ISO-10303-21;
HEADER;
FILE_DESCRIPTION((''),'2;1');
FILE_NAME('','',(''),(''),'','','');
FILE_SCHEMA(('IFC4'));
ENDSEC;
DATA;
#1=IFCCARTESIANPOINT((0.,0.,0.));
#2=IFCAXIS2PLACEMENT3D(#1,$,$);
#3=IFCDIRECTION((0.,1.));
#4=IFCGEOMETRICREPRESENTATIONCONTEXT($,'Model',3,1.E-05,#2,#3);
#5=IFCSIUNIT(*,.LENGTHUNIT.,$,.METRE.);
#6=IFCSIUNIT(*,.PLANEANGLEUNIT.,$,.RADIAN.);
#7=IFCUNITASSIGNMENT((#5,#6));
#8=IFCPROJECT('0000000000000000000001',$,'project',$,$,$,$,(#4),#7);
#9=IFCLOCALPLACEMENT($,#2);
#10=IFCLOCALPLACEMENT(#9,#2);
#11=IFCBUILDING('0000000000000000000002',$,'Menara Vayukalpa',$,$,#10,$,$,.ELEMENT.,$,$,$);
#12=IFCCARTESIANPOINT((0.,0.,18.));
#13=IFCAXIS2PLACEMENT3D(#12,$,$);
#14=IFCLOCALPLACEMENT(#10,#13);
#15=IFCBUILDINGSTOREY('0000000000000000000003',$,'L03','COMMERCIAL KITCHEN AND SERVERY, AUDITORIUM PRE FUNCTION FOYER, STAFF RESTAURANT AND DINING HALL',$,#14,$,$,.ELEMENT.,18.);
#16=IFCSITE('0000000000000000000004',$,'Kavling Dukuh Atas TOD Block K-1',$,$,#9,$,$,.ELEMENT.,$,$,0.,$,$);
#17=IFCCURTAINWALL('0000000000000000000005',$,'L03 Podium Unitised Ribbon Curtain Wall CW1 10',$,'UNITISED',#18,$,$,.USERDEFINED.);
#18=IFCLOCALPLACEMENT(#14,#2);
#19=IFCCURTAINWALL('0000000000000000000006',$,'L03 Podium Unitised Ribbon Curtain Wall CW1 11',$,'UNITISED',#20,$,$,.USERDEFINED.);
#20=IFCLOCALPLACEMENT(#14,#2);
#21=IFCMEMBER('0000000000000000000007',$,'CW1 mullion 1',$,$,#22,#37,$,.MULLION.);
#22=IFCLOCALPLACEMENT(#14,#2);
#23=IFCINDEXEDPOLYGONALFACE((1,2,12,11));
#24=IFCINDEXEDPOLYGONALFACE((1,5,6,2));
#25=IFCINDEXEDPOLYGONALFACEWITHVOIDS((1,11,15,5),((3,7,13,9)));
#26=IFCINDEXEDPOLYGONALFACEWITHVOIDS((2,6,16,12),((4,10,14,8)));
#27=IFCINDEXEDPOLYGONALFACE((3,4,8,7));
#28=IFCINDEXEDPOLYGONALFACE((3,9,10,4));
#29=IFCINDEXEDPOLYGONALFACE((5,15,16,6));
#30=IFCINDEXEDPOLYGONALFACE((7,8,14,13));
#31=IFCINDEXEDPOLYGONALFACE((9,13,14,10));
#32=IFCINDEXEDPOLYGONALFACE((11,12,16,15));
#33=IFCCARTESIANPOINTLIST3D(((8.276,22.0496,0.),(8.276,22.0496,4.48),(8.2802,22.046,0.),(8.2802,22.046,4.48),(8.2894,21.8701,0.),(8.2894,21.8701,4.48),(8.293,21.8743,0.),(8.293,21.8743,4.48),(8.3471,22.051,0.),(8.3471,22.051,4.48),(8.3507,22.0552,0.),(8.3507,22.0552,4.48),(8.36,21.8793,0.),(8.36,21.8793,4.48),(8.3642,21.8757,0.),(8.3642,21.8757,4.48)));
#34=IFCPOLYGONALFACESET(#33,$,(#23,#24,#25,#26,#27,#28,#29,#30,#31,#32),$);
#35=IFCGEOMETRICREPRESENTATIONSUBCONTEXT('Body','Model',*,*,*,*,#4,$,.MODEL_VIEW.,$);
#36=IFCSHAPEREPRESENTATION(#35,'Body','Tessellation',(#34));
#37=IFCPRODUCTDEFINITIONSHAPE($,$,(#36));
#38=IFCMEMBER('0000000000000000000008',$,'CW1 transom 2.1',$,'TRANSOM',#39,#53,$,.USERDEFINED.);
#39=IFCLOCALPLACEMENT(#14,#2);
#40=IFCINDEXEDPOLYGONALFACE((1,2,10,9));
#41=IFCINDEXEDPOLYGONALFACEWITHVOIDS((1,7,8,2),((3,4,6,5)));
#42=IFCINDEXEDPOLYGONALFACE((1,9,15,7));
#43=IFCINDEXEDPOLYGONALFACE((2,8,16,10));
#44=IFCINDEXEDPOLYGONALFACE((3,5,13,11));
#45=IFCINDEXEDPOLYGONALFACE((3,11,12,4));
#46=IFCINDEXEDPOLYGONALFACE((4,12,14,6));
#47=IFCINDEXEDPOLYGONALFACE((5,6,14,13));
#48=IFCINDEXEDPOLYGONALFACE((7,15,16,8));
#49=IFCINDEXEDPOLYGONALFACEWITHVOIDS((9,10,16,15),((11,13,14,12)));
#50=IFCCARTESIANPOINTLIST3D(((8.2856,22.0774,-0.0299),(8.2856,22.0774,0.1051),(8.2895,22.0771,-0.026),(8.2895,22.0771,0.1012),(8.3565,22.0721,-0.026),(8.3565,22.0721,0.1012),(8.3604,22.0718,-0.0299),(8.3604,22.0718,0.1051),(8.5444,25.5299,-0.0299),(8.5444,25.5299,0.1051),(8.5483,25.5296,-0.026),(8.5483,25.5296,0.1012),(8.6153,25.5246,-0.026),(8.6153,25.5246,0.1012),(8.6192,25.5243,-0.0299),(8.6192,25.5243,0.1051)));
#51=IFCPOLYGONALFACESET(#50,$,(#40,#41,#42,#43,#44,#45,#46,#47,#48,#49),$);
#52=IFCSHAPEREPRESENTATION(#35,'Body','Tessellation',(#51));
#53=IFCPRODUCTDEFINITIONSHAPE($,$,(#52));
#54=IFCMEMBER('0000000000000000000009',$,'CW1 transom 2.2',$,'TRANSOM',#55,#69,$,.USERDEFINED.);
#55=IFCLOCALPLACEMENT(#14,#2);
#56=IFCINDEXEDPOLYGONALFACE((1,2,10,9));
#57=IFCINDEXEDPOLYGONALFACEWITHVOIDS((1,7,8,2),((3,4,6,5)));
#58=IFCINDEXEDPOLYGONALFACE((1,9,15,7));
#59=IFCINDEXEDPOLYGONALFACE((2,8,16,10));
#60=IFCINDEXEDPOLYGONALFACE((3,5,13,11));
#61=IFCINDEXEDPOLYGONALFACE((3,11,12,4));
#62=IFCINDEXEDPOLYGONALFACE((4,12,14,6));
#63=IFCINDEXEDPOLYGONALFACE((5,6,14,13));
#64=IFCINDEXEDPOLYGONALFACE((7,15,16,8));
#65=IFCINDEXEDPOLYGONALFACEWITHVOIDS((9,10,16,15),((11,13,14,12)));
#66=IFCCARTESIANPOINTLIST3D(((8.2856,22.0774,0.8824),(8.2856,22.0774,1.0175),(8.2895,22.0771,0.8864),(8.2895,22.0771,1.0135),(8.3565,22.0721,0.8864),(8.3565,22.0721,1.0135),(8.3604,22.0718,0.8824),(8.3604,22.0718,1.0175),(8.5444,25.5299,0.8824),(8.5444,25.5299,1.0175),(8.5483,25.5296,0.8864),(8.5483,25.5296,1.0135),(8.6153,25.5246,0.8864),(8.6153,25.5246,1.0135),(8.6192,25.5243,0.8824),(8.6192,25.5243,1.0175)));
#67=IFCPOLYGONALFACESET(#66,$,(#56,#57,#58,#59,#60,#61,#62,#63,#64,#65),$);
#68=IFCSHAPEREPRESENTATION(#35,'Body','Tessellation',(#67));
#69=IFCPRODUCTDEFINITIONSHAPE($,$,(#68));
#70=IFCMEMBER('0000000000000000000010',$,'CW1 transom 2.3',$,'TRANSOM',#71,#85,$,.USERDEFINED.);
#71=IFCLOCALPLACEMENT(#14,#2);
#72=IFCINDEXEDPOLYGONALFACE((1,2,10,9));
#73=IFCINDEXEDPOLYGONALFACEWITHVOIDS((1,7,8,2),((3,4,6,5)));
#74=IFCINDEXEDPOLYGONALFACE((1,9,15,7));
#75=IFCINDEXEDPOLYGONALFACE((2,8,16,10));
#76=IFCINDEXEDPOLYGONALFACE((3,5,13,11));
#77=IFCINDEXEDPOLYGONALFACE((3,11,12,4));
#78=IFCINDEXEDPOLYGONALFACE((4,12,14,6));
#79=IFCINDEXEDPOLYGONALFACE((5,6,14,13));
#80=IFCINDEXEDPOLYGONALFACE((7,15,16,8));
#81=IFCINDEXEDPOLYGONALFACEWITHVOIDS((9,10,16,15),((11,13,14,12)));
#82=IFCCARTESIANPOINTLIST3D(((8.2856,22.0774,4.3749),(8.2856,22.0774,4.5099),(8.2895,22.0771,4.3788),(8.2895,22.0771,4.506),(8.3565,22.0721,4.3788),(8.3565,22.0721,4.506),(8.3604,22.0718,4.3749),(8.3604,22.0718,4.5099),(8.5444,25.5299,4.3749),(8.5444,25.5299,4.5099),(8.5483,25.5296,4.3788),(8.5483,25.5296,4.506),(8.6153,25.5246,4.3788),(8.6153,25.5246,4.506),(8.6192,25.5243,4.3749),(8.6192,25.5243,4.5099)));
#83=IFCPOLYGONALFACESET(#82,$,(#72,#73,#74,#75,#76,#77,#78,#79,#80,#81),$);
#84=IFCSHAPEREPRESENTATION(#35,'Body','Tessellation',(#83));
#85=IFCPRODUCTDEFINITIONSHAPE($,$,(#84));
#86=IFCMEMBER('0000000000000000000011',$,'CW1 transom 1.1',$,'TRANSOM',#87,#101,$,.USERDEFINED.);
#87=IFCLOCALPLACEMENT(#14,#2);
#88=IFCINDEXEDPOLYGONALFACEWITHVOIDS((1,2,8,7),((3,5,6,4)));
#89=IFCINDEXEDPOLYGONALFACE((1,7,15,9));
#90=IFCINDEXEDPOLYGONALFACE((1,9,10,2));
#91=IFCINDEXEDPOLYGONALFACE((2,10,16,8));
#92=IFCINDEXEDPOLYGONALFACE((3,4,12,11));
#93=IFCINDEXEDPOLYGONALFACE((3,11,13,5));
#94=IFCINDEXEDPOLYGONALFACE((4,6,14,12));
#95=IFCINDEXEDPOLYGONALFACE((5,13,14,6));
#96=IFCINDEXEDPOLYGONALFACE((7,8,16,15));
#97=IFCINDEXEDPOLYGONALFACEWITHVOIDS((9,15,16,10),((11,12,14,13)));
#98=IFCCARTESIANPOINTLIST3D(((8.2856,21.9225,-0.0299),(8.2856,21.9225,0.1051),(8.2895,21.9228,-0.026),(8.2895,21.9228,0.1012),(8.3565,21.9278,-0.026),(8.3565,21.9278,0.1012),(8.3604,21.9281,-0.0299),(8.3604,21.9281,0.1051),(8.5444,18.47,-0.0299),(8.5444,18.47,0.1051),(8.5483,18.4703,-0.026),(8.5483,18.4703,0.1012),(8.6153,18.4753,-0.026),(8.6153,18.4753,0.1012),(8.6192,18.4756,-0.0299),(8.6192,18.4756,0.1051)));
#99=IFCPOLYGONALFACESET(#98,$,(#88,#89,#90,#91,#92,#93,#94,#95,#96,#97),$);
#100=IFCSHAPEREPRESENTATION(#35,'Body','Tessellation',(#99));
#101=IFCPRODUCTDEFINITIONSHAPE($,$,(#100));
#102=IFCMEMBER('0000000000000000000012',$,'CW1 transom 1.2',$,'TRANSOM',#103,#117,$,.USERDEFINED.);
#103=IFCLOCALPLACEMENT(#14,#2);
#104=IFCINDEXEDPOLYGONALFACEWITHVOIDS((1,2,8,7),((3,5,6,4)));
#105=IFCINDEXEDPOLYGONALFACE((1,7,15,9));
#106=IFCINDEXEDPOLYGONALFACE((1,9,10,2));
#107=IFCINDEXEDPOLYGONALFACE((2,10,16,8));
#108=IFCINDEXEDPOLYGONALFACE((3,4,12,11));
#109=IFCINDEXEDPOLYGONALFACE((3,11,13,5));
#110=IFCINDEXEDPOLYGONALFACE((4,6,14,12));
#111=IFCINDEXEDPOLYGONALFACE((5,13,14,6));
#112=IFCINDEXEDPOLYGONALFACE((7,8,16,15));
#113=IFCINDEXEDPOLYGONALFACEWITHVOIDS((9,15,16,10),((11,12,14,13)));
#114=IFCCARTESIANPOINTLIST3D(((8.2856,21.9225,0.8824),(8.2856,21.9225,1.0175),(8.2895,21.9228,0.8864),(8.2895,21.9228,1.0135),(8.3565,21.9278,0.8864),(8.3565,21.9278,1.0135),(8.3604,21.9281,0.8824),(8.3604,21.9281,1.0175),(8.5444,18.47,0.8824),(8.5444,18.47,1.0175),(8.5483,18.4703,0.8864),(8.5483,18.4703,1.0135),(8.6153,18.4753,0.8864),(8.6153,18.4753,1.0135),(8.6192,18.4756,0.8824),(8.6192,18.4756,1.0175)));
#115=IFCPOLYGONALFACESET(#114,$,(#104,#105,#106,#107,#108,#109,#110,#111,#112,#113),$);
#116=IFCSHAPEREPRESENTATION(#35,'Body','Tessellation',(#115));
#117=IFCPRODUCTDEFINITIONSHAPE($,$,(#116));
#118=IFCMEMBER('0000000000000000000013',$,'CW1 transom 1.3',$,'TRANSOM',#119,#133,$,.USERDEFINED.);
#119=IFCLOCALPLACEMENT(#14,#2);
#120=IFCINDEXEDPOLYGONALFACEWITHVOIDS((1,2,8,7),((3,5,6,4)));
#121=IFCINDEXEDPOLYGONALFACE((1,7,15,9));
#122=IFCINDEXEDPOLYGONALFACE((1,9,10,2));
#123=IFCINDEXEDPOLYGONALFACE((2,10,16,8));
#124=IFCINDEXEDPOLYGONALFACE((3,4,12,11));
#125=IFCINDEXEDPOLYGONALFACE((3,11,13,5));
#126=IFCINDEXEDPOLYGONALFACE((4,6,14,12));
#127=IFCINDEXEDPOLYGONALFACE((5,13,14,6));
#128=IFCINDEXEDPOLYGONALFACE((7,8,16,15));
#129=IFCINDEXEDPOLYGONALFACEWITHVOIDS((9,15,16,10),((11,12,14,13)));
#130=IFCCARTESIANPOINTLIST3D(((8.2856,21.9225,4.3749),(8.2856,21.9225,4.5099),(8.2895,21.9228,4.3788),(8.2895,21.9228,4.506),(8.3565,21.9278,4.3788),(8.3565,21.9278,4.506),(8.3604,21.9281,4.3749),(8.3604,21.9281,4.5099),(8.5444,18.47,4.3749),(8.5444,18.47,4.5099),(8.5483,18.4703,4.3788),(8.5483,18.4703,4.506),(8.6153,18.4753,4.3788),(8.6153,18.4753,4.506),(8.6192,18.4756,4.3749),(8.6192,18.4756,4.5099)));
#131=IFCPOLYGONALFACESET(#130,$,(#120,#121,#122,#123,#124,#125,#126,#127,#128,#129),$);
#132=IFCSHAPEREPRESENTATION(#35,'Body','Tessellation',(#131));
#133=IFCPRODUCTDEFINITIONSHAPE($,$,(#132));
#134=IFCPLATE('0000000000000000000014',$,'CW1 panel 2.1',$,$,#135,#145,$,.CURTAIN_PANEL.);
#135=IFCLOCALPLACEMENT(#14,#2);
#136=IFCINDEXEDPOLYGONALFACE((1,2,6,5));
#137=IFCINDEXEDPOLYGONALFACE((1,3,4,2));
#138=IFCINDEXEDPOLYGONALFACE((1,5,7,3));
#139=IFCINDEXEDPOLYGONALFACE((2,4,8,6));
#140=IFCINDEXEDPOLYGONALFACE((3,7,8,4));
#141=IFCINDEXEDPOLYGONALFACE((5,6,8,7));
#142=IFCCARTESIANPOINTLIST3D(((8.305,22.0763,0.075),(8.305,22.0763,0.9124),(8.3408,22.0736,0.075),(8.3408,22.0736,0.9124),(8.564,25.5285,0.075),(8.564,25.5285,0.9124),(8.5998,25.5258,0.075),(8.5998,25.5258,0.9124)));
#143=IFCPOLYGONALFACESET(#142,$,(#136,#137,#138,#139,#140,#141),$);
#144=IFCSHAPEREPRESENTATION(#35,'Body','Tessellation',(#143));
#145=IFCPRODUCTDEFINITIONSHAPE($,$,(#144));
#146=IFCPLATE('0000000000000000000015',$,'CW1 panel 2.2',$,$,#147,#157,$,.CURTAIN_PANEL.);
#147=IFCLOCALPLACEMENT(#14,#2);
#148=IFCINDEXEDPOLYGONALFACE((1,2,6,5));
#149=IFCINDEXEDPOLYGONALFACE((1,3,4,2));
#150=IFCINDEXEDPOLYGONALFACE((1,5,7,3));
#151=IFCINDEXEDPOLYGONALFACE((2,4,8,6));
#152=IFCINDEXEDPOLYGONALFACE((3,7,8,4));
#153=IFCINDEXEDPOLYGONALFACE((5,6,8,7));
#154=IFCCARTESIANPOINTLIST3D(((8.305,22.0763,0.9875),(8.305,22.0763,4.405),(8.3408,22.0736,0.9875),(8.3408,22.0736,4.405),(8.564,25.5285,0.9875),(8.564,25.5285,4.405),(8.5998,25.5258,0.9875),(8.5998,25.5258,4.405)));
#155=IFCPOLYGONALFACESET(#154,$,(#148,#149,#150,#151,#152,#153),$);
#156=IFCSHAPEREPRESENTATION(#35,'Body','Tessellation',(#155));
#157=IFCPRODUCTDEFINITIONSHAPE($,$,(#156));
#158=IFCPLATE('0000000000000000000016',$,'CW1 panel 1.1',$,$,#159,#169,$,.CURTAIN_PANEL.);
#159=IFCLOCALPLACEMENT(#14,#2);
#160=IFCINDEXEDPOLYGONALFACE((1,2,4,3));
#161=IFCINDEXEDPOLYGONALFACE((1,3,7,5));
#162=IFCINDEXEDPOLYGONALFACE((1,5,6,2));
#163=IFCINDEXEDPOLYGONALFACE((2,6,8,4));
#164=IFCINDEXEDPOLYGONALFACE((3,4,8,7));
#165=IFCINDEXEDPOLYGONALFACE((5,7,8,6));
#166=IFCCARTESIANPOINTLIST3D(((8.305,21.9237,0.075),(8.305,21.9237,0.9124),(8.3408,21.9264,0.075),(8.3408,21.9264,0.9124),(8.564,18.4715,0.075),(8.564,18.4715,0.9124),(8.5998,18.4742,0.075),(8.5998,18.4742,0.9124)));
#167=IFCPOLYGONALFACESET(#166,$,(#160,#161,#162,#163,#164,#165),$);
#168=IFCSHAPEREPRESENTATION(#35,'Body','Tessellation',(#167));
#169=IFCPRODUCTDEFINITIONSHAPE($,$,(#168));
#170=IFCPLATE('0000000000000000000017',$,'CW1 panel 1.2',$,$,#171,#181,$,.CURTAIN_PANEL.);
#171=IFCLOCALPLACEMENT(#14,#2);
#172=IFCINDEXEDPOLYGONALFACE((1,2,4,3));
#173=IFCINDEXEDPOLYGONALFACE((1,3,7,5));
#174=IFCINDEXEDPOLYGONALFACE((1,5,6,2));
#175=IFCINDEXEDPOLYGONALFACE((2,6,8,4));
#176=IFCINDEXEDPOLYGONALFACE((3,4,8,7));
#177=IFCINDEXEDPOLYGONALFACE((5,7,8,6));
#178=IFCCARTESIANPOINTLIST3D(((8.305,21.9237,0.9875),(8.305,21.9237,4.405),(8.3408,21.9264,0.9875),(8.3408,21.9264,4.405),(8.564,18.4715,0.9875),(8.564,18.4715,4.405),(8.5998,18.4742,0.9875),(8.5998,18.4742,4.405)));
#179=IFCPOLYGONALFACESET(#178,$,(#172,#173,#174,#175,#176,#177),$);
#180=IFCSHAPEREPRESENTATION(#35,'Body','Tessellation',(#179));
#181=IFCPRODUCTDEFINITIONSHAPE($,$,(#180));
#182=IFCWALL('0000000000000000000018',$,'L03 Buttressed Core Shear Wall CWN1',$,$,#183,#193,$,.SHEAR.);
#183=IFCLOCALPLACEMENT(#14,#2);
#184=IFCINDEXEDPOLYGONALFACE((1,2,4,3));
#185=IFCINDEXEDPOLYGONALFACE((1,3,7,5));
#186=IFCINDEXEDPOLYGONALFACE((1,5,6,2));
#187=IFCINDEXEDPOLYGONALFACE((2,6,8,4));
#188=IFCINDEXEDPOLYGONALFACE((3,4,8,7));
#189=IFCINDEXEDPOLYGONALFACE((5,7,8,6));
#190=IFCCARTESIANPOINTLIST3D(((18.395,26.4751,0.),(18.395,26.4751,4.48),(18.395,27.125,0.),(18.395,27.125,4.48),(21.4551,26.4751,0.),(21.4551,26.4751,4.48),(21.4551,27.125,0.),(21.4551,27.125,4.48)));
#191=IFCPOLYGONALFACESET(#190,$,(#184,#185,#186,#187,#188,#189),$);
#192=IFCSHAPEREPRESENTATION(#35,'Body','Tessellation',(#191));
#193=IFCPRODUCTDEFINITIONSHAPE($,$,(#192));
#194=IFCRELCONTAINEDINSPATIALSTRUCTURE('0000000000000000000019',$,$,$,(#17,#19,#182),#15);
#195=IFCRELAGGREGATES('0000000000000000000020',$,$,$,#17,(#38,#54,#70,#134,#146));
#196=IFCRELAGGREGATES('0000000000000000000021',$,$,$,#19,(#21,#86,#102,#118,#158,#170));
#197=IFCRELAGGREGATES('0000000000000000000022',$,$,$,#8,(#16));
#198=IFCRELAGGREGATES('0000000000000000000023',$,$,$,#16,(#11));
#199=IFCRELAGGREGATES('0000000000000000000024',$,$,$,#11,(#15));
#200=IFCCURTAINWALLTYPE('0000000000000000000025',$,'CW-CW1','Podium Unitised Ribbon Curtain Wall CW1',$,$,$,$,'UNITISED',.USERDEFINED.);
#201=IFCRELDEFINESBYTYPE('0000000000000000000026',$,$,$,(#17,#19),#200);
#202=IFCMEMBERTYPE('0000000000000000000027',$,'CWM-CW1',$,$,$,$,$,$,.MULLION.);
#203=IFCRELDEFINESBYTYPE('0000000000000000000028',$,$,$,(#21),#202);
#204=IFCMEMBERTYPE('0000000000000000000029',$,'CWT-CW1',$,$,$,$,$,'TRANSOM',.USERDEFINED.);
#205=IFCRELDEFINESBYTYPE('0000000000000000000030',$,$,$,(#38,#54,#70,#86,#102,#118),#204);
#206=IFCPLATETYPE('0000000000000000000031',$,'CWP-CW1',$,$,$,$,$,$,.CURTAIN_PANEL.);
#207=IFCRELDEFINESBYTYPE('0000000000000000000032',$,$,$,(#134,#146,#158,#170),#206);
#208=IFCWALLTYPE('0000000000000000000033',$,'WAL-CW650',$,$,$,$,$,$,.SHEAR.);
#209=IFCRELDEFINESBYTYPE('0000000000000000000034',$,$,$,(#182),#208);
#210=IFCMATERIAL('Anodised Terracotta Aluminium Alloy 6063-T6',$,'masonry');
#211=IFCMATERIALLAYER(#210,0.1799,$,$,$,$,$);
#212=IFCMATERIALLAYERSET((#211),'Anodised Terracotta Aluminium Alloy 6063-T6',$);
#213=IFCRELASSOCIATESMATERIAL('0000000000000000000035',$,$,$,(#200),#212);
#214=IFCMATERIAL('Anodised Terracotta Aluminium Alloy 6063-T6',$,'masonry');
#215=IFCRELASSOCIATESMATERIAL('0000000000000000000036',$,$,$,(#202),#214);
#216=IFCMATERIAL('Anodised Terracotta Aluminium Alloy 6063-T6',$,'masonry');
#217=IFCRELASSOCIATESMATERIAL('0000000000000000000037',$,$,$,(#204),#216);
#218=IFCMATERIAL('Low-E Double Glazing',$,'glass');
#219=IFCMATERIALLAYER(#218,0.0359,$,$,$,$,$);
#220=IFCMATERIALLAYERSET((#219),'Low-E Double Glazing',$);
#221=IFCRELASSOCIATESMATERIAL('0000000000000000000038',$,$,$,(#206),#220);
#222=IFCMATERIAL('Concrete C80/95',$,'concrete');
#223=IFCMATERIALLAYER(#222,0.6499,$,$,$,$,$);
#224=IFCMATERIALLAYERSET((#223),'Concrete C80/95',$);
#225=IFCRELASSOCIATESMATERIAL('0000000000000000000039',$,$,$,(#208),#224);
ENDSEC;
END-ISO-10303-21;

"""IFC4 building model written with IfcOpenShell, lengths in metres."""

from ifc_helpers import new_model, si_unit, direction, frame, frame_2d, origin, origin_2d, place, context, subcontext, project, spatial, rectangle, hollow_rectangle, extrude, material, layer, layer_set, material_profile, profile_set, type_object, element, aggregate, save


model = new_model("IFC4")

# Units and contexts
model_context = context("Model", 3, precision=1e-05, world=origin(), true_north=direction((0.0, 1.0)))
body_context = subcontext(model_context, "Body", "Model", "MODEL_VIEW")
ifc_project = project(units=[si_unit("LENGTHUNIT", "METRE"), si_unit("PLANEANGLEUNIT", "RADIAN")], contexts=[model_context])

# Site, building, storey
site_placement = place(None, origin())
site = spatial("IfcSite", under=ifc_project, at=site_placement, Name="Kavling Dukuh Atas TOD Block K-1", CompositionType="ELEMENT", RefElevation=0.0)
building_placement = place(site_placement, origin())
building = spatial("IfcBuilding", under=site, at=building_placement, Name="Menara Vayukalpa", CompositionType="ELEMENT")
storey_placement = place(building_placement, frame((0.0, 0.0, 18.0)))
storey = spatial("IfcBuildingStorey", under=building, at=storey_placement, Name="L03", Description="COMMERCIAL KITCHEN AND SERVERY, AUDITORIUM PRE FUNCTION FOYER, STAFF RESTAURANT AND DINING HALL", CompositionType="ELEMENT", Elevation=18.0)

# Curtain wall
ifc_material_1 = material(Name="Anodised Terracotta Aluminium Alloy 6063-T6", Category="masonry")
ifc_layer_1 = layer(ifc_material_1, 0.1799)
ifc_layer_set_1 = layer_set([ifc_layer_1], Name="Anodised Terracotta Aluminium Alloy 6063-T6")
curtain_wall_type = type_object("IfcCurtainWallType", Name="CW-CW1", Description="Podium Unitised Ribbon Curtain Wall CW1", ElementType="UNITISED", PredefinedType="USERDEFINED", material=ifc_layer_set_1)
curtain_wall_1_placement = place(storey_placement, origin())
curtain_wall_1 = element("IfcCurtainWall", 1, at=curtain_wall_1_placement, inside=storey, type_object=curtain_wall_type, Name="L03 Podium Unitised Ribbon Curtain Wall CW1 10", ObjectType="UNITISED", PredefinedType="USERDEFINED")
ifc_material_2 = material(Name="Anodised Terracotta Aluminium Alloy 6063-T6", Category="masonry")
ifc_material_profile_1 = material_profile(ifc_material_2, hollow_rectangle(XDim=0.075, YDim=0.1799, WallThickness=0.0039, at=origin_2d()), Name="ALU 75x180x4")
ifc_profile_set_1 = profile_set([ifc_material_profile_1], Name="Anodised Terracotta Aluminium Alloy 6063-T6")
member_type_1 = type_object("IfcMemberType", Name="CWM-CW1", PredefinedType="MULLION", material=ifc_profile_set_1)

# Curtain wall, member
curtain_wall_2_placement = place(storey_placement, origin())
curtain_wall_2 = element("IfcCurtainWall", 2, at=curtain_wall_2_placement, inside=storey, type_object=curtain_wall_type, Name="L03 Podium Unitised Ribbon Curtain Wall CW1 11", ObjectType="UNITISED", PredefinedType="USERDEFINED")
member_1_placement = place(storey_placement, frame((8.3201, 21.9626, 0.0), z_axis=(0.0, 0.0, 1.0), x_axis=(0.997199, 0.074794, 0.0)))
member_1 = element("IfcMember", 3, at=member_1_placement, type_object=member_type_1, Name="CW1 mullion 1", PredefinedType="MULLION", context=body_context, shape_type="SweptSolid", body=[
    extrude(hollow_rectangle(XDim=0.075, YDim=0.1799, WallThickness=0.0039, at=origin_2d()), origin(), (0.0, 0.0, 1.0), 4.48),
])

# Members
ifc_material_3 = material(Name="Anodised Terracotta Aluminium Alloy 6063-T6", Category="masonry")
ifc_material_profile_2 = material_profile(ifc_material_3, hollow_rectangle(XDim=0.075, YDim=0.135, WallThickness=0.0039, at=origin_2d()), Name="ALU 75x135x4")
ifc_profile_set_2 = profile_set([ifc_material_profile_2], Name="Anodised Terracotta Aluminium Alloy 6063-T6")
member_type_2 = type_object("IfcMemberType", Name="CWT-CW1", ElementType="TRANSOM", PredefinedType="USERDEFINED", material=ifc_profile_set_2)
member_2_placement = place(storey_placement, frame((8.5818, 25.5271, 0.0376), z_axis=(-0.07475, -0.997202, 0.0), x_axis=(0.997202, -0.07475, 0.0)))
member_2 = element("IfcMember", 4, at=member_2_placement, type_object=member_type_2, Name="CW1 transom 2.1", ObjectType="TRANSOM", PredefinedType="USERDEFINED", context=body_context, shape_type="SweptSolid", body=[
    extrude(hollow_rectangle(XDim=0.075, YDim=0.135, WallThickness=0.0039, at=origin_2d()), origin(), (0.0, 0.0, 1.0), 3.4622),
])
member_3_placement = place(storey_placement, frame((8.5818, 25.5271, 0.95), z_axis=(-0.07475, -0.997202, 0.0), x_axis=(0.997202, -0.07475, 0.0)))
member_3 = element("IfcMember", 5, at=member_3_placement, type_object=member_type_2, Name="CW1 transom 2.2", ObjectType="TRANSOM", PredefinedType="USERDEFINED", context=body_context, shape_type="SweptSolid", body=[
    extrude(hollow_rectangle(XDim=0.075, YDim=0.135, WallThickness=0.0039, at=origin_2d()), origin(), (0.0, 0.0, 1.0), 3.4622),
])
member_4_placement = place(storey_placement, frame((8.5818, 25.5271, 4.4424), z_axis=(-0.07475, -0.997202, 0.0), x_axis=(0.997202, -0.07475, 0.0)))
member_4 = element("IfcMember", 6, at=member_4_placement, type_object=member_type_2, Name="CW1 transom 2.3", ObjectType="TRANSOM", PredefinedType="USERDEFINED", context=body_context, shape_type="SweptSolid", body=[
    extrude(hollow_rectangle(XDim=0.075, YDim=0.135, WallThickness=0.0039, at=origin_2d()), origin(), (0.0, 0.0, 1.0), 3.4622),
])
member_5_placement = place(storey_placement, frame((8.323, 21.9253, 0.0376), z_axis=(0.07475, -0.997202, 0.0), x_axis=(0.997202, 0.07475, 0.0)))
member_5 = element("IfcMember", 7, at=member_5_placement, type_object=member_type_2, Name="CW1 transom 1.1", ObjectType="TRANSOM", PredefinedType="USERDEFINED", context=body_context, shape_type="SweptSolid", body=[
    extrude(hollow_rectangle(XDim=0.075, YDim=0.135, WallThickness=0.0039, at=origin_2d()), origin(), (0.0, 0.0, 1.0), 3.4622),
])
member_6_placement = place(storey_placement, frame((8.323, 21.9253, 0.95), z_axis=(0.07475, -0.997202, 0.0), x_axis=(0.997202, 0.07475, 0.0)))
member_6 = element("IfcMember", 8, at=member_6_placement, type_object=member_type_2, Name="CW1 transom 1.2", ObjectType="TRANSOM", PredefinedType="USERDEFINED", context=body_context, shape_type="SweptSolid", body=[
    extrude(hollow_rectangle(XDim=0.075, YDim=0.135, WallThickness=0.0039, at=origin_2d()), origin(), (0.0, 0.0, 1.0), 3.4622),
])
member_7_placement = place(storey_placement, frame((8.323, 21.9253, 4.4424), z_axis=(0.07475, -0.997202, 0.0), x_axis=(0.997202, 0.07475, 0.0)))
member_7 = element("IfcMember", 9, at=member_7_placement, type_object=member_type_2, Name="CW1 transom 1.3", ObjectType="TRANSOM", PredefinedType="USERDEFINED", context=body_context, shape_type="SweptSolid", body=[
    extrude(hollow_rectangle(XDim=0.075, YDim=0.135, WallThickness=0.0039, at=origin_2d()), origin(), (0.0, 0.0, 1.0), 3.4622),
])

# Plates
ifc_material_4 = material(Name="Low-E Double Glazing", Category="glass")
ifc_layer_2 = layer(ifc_material_4, 0.0359)
ifc_layer_set_2 = layer_set([ifc_layer_2], Name="Low-E Double Glazing")
plate_type = type_object("IfcPlateType", Name="CWP-CW1", PredefinedType="CURTAIN_PANEL", material=ifc_layer_set_2)
plate_1_placement = place(storey_placement, frame((8.4524, 23.801, 0.075), z_axis=(0.0, 0.0, 1.0), x_axis=(-0.074794, -0.997199, 0.0)))
plate_1 = element("IfcPlate", 10, at=plate_1_placement, type_object=plate_type, Name="CW1 panel 2.1", PredefinedType="CURTAIN_PANEL", context=body_context, shape_type="SweptSolid", body=[
    extrude(rectangle(XDim=3.4619, YDim=0.0359, at=origin_2d()), origin(), (0.0, 0.0, 1.0), 0.8374),
])
plate_2_placement = place(storey_placement, frame((8.4524, 23.801, 0.9875), z_axis=(0.0, 0.0, 1.0), x_axis=(-0.074794, -0.997199, 0.0)))
plate_2 = element("IfcPlate", 11, at=plate_2_placement, type_object=plate_type, Name="CW1 panel 2.2", PredefinedType="CURTAIN_PANEL", context=body_context, shape_type="SweptSolid", body=[
    extrude(rectangle(XDim=3.4619, YDim=0.0359, at=origin_2d()), origin(), (0.0, 0.0, 1.0), 3.4175),
])
aggregate(curtain_wall_1, [member_2, member_3, member_4, plate_1, plate_2])
plate_3_placement = place(storey_placement, frame((8.4524, 20.199, 0.075), z_axis=(0.0, 0.0, 1.0), x_axis=(0.074794, -0.997199, 0.0)))
plate_3 = element("IfcPlate", 12, at=plate_3_placement, type_object=plate_type, Name="CW1 panel 1.1", PredefinedType="CURTAIN_PANEL", context=body_context, shape_type="SweptSolid", body=[
    extrude(rectangle(XDim=3.4619, YDim=0.0359, at=origin_2d()), origin(), (0.0, 0.0, 1.0), 0.8374),
])
plate_4_placement = place(storey_placement, frame((8.4524, 20.199, 0.9875), z_axis=(0.0, 0.0, 1.0), x_axis=(0.074794, -0.997199, 0.0)))
plate_4 = element("IfcPlate", 13, at=plate_4_placement, type_object=plate_type, Name="CW1 panel 1.2", PredefinedType="CURTAIN_PANEL", context=body_context, shape_type="SweptSolid", body=[
    extrude(rectangle(XDim=3.4619, YDim=0.0359, at=origin_2d()), origin(), (0.0, 0.0, 1.0), 3.4175),
])
aggregate(curtain_wall_2, [member_1, member_5, member_6, member_7, plate_3, plate_4])

# Wall
ifc_material_5 = material(Name="Concrete C80/95", Category="concrete")
ifc_layer_3 = layer(ifc_material_5, 0.6499)
ifc_layer_set_3 = layer_set([ifc_layer_3], Name="Concrete C80/95")
wall_type_1 = type_object("IfcWallType", Name="WAL-CW650", PredefinedType="SHEAR", material=ifc_layer_set_3)
wall_1_placement = place(storey_placement, frame((18.395, 26.8, 0.0), z_axis=(0.0, 0.0, 1.0), x_axis=(1.0, 0.0, 0.0)))
element("IfcWall", 14, at=wall_1_placement, inside=storey, type_object=wall_type_1, Name="L03 Buttressed Core Shear Wall CWN1", PredefinedType="SHEAR", context=body_context, shape_type="SweptSolid", body=[
    extrude(rectangle(XDim=3.0601, YDim=0.6499, at=frame_2d((1.53, 0.0))), origin(), (0.0, 0.0, 1.0), 4.48),
])

save(model, "model.ifc")
